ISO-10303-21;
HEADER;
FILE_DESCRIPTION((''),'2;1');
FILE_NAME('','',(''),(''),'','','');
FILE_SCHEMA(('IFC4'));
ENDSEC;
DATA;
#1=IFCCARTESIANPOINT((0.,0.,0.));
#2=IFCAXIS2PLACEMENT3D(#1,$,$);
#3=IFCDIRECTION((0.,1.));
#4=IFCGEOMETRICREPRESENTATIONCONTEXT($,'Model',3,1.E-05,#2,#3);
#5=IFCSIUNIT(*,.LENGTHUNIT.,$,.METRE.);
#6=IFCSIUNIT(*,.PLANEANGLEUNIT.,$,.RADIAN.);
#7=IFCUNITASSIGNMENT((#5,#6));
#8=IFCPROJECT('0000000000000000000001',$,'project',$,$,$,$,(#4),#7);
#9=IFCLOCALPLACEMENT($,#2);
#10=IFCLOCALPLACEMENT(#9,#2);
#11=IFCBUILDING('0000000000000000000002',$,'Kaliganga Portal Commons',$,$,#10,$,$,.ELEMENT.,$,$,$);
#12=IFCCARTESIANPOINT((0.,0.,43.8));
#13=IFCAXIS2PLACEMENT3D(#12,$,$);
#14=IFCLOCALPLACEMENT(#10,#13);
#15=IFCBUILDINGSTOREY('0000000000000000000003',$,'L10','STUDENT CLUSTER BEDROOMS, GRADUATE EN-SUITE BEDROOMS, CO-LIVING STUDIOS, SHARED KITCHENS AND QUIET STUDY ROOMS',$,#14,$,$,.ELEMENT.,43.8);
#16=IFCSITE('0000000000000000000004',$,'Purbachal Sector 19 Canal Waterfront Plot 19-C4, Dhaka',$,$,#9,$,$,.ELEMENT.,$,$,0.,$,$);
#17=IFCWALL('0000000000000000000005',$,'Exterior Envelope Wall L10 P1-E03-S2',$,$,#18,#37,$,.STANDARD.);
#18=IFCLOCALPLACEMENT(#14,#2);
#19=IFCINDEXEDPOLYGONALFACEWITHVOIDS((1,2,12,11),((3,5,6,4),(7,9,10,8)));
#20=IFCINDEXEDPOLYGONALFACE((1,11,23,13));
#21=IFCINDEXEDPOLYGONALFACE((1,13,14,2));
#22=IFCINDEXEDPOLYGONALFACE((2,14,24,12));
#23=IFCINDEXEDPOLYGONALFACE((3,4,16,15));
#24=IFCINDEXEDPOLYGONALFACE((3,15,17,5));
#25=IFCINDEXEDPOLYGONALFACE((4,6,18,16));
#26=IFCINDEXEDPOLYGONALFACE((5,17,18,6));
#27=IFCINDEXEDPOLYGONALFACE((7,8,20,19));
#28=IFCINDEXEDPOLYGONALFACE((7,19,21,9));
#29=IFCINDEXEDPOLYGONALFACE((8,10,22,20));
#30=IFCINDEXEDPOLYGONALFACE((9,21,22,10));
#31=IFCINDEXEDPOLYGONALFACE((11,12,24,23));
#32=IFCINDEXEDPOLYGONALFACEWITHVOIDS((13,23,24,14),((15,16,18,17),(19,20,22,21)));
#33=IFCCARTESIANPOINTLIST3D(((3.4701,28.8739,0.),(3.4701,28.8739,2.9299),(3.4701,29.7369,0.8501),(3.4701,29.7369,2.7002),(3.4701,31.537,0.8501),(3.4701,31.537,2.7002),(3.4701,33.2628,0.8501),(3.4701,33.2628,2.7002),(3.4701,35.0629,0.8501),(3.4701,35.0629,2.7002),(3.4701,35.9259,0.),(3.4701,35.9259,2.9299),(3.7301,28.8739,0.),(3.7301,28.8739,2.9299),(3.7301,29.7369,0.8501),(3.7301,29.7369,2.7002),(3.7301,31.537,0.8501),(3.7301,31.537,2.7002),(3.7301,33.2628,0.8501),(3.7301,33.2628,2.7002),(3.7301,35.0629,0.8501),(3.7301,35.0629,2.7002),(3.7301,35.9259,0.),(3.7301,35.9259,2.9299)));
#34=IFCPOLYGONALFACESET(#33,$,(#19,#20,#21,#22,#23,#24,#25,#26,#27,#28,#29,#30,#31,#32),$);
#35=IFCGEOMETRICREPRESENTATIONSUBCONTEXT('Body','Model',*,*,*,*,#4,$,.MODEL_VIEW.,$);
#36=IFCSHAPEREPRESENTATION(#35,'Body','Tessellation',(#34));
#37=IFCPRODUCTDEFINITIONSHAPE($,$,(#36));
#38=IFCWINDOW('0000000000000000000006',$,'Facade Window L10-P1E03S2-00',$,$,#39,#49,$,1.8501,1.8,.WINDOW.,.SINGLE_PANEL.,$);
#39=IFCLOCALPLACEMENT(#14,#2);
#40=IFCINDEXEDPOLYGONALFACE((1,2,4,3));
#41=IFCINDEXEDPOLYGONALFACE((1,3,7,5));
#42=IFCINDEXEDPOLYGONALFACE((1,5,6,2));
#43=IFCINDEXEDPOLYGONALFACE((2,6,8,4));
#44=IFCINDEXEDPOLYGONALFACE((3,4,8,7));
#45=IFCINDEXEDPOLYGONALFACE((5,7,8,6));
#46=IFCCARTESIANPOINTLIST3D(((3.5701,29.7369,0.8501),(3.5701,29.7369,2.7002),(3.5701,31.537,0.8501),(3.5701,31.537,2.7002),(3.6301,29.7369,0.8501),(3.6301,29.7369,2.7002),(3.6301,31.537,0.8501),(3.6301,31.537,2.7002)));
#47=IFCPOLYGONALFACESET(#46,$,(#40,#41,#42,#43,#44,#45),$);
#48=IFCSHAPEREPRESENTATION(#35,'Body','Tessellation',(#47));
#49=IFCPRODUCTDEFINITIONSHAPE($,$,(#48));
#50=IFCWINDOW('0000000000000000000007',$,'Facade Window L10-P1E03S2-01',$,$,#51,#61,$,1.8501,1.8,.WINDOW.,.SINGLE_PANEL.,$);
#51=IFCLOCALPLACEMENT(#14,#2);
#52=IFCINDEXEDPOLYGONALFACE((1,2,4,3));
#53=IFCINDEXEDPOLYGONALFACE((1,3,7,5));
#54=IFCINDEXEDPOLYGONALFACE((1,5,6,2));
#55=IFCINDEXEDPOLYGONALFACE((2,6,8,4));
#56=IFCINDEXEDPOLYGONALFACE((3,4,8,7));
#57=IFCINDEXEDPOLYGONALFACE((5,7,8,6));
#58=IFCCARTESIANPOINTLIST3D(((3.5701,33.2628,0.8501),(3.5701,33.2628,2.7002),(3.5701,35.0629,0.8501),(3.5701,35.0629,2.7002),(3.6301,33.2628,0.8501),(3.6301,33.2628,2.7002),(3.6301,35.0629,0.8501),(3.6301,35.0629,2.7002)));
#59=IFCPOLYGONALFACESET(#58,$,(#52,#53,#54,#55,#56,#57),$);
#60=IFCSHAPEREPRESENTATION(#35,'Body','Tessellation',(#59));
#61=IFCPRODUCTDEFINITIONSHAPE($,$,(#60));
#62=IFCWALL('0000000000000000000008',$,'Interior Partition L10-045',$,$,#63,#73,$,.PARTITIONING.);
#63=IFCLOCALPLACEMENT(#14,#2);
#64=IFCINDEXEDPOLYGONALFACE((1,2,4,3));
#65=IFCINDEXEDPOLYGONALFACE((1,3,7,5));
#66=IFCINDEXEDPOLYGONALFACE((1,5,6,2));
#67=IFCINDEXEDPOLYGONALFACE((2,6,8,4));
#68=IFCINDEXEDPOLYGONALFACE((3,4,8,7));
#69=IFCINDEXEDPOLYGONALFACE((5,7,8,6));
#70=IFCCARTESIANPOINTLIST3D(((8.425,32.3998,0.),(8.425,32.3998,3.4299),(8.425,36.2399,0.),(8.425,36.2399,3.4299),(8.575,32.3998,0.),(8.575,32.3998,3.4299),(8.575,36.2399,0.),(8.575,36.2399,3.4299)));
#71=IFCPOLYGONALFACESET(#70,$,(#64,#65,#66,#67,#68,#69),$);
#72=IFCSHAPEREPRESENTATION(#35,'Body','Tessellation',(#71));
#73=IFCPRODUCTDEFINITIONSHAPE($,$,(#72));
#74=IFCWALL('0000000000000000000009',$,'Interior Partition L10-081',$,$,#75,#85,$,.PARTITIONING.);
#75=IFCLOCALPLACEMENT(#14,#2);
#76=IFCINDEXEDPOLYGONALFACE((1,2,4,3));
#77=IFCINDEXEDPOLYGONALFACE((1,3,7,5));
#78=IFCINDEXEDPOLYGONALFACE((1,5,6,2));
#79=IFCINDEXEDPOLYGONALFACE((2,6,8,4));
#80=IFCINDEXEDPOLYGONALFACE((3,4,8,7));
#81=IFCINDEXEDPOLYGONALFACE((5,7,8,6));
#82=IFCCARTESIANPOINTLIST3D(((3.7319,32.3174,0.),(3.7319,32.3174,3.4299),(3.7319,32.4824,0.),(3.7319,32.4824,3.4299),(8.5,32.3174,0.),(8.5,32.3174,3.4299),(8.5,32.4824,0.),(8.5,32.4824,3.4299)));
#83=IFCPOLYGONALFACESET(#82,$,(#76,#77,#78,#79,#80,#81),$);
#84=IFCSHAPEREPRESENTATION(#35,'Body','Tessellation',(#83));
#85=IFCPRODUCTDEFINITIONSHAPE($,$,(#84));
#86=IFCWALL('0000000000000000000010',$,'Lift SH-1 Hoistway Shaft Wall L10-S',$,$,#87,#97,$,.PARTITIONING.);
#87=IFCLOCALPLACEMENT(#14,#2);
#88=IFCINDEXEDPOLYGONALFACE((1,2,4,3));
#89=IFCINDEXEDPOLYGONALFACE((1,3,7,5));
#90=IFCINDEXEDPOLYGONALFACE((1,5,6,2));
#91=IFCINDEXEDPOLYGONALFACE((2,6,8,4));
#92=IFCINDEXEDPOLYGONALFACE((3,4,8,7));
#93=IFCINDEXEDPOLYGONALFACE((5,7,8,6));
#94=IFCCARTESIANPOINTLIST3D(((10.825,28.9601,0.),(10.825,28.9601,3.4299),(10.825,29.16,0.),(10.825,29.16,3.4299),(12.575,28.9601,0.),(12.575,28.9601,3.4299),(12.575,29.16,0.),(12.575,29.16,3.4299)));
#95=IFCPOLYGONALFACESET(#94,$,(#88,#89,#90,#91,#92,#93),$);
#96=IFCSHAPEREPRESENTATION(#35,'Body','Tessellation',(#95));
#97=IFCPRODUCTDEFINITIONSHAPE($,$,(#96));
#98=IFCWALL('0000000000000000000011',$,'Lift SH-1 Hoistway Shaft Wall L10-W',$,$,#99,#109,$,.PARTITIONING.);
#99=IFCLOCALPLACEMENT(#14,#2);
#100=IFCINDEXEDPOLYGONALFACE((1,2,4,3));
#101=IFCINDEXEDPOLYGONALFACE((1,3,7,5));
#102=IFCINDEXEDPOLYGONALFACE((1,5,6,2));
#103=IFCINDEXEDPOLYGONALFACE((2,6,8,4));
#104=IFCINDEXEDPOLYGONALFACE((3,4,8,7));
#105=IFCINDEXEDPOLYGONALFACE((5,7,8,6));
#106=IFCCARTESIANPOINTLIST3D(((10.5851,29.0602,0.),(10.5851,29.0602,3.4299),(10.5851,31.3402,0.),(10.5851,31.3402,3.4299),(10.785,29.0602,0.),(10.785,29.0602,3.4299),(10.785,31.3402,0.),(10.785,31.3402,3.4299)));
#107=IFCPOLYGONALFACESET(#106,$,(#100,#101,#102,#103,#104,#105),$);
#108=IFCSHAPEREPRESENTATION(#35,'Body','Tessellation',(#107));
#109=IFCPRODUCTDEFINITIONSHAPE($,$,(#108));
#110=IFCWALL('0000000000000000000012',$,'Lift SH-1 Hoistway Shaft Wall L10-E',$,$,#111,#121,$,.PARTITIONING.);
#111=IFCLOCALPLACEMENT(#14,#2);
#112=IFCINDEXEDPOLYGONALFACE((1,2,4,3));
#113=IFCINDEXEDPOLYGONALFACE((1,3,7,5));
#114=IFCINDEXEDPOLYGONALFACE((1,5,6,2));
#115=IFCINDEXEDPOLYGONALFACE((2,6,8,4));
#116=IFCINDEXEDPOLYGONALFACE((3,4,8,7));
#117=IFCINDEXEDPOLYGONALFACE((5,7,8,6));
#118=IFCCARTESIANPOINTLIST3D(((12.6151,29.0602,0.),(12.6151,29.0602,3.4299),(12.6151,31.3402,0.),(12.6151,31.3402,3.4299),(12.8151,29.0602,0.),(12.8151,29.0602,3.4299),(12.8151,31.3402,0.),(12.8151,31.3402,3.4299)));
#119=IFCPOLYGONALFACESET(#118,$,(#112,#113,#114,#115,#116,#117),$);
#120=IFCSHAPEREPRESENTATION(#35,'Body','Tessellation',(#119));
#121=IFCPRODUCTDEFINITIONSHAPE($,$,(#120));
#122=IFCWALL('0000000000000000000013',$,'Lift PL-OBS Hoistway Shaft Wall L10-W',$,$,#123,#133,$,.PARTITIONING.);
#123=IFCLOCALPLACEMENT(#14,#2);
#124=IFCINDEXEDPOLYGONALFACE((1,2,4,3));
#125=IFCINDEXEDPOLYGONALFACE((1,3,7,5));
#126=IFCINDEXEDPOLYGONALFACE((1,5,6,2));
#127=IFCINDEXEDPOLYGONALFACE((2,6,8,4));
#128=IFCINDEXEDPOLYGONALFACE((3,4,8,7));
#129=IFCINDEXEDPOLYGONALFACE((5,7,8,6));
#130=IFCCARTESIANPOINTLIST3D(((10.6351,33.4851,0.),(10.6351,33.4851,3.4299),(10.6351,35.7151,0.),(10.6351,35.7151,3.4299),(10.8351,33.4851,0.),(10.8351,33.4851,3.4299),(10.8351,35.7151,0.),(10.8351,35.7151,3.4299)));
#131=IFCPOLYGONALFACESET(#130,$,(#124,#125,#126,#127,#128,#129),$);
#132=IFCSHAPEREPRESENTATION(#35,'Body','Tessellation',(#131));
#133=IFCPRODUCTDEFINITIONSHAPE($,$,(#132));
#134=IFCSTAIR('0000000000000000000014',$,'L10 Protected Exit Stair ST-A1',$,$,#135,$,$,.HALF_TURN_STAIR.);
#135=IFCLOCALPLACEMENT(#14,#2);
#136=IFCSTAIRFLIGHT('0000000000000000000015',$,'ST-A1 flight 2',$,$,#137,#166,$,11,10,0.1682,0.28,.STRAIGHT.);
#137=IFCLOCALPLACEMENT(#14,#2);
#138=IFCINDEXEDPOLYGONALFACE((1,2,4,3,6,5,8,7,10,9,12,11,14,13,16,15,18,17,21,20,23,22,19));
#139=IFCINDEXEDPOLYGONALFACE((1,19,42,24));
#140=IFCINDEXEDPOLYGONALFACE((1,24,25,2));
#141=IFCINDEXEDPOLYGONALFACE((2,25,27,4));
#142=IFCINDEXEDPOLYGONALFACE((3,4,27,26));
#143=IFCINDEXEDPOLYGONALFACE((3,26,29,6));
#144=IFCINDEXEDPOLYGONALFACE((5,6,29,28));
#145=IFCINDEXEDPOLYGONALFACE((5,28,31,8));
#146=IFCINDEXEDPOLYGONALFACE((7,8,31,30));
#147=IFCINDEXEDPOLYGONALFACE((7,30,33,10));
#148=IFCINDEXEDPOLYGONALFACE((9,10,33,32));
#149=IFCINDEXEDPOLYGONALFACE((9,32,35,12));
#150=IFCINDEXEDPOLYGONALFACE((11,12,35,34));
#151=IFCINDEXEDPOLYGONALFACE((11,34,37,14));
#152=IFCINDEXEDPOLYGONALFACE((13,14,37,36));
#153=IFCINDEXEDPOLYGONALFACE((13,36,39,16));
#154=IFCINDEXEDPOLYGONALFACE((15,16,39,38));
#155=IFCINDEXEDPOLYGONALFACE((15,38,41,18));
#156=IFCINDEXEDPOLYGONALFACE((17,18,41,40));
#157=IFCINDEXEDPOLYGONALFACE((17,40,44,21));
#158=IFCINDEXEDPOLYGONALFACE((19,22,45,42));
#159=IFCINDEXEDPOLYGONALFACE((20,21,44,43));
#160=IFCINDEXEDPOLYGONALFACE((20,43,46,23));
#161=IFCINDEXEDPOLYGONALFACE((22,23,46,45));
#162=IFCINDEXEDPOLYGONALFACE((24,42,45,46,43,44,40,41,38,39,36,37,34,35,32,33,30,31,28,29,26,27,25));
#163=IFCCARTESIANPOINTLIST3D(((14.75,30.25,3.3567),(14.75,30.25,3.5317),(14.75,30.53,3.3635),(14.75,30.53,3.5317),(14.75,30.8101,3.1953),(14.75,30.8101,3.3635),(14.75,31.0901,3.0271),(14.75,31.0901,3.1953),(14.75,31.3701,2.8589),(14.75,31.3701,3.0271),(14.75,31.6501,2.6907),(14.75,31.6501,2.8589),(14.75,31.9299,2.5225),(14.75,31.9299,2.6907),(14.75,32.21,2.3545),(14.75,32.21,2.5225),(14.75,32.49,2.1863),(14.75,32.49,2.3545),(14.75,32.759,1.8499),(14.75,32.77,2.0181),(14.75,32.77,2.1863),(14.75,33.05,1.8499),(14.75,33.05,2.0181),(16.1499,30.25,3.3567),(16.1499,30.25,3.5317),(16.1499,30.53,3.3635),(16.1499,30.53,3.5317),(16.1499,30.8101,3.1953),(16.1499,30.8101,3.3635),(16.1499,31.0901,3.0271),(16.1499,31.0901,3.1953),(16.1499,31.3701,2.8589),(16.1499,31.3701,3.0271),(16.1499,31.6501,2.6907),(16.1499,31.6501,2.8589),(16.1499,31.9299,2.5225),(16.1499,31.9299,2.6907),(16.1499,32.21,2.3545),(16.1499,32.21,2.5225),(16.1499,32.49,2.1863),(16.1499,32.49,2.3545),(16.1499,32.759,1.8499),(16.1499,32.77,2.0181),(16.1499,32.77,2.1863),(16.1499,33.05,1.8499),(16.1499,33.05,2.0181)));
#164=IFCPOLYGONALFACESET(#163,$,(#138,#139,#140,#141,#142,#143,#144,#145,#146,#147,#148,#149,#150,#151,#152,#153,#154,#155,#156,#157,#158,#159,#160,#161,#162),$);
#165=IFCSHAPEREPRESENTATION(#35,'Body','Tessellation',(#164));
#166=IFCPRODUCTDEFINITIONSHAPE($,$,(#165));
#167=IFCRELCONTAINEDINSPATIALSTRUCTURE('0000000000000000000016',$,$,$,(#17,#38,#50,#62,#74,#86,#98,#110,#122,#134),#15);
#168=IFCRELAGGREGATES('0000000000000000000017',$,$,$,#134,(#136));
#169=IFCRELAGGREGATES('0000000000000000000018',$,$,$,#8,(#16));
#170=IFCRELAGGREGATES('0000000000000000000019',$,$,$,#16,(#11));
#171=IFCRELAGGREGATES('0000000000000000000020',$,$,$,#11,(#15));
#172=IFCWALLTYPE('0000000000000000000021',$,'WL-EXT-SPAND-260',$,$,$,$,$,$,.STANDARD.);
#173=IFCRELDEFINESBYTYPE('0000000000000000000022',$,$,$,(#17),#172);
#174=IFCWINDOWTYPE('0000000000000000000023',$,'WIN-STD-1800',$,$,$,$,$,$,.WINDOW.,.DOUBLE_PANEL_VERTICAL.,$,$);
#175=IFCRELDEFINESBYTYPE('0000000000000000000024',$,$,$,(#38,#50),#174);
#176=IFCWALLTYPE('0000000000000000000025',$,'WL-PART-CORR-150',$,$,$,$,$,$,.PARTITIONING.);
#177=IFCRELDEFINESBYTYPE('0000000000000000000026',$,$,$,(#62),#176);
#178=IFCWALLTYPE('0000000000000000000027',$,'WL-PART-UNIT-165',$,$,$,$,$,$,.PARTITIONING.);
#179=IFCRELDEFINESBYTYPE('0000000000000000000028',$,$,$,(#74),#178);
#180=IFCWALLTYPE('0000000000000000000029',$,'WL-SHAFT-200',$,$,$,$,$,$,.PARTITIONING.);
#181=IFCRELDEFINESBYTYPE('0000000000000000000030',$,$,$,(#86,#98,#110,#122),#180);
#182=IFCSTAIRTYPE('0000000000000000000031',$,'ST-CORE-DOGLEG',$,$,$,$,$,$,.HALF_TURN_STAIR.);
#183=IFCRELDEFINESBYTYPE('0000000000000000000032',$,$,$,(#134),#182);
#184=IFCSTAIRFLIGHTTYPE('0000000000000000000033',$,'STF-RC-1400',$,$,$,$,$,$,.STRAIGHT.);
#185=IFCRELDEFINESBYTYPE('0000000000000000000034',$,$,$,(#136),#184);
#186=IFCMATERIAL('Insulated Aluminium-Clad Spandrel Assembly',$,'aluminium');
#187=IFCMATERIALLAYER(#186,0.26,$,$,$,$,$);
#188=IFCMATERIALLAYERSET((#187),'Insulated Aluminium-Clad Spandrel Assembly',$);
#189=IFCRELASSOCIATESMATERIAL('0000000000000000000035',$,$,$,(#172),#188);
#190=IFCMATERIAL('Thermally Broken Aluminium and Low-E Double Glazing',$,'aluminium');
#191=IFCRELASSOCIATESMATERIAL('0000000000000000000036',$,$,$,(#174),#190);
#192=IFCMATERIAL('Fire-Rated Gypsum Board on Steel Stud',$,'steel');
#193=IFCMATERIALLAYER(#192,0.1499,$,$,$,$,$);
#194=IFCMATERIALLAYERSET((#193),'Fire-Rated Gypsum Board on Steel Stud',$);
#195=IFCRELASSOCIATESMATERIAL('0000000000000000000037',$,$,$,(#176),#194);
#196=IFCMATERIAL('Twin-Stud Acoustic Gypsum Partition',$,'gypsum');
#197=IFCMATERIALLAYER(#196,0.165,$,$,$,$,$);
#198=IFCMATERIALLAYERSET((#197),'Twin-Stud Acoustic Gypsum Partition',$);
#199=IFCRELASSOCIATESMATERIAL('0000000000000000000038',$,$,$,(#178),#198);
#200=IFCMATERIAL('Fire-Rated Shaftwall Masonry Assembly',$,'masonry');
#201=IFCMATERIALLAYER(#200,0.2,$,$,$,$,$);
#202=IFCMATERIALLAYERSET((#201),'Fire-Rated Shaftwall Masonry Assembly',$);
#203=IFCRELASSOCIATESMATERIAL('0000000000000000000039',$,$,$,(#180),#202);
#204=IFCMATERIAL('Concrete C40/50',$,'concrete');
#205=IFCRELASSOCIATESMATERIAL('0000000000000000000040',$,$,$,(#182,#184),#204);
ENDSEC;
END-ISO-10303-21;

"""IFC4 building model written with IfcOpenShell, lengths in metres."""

from ifc_helpers import new_model, si_unit, direction, frame, frame_2d, origin, place, context, subcontext, project, spatial, polyline, rectangle, outline, extrude, material, layer, layer_set, type_object, element, fill, aggregate, save


model = new_model("IFC4")

# Units and contexts
model_context = context("Model", 3, precision=1e-05, world=origin(), true_north=direction((0.0, 1.0)))
body_context = subcontext(model_context, "Body", "Model", "MODEL_VIEW")
ifc_project = project(units=[si_unit("LENGTHUNIT", "METRE"), si_unit("PLANEANGLEUNIT", "RADIAN")], contexts=[model_context])

# Site, building, storey
site_placement = place(None, origin())
site = spatial("IfcSite", under=ifc_project, at=site_placement, Name="Purbachal Sector 19 Canal Waterfront Plot 19-C4, Dhaka", CompositionType="ELEMENT", RefElevation=0.0)
building_placement = place(site_placement, origin())
building = spatial("IfcBuilding", under=site, at=building_placement, Name="Kaliganga Portal Commons", CompositionType="ELEMENT")
storey_placement = place(building_placement, frame((0.0, 0.0, 43.8)))
storey = spatial("IfcBuildingStorey", under=building, at=storey_placement, Name="L10", Description="STUDENT CLUSTER BEDROOMS, GRADUATE EN-SUITE BEDROOMS, CO-LIVING STUDIOS, SHARED KITCHENS AND QUIET STUDY ROOMS", CompositionType="ELEMENT", Elevation=43.8)

# Wall, openings, windows
ifc_material_1 = material(Name="Insulated Aluminium-Clad Spandrel Assembly", Category="aluminium")
ifc_layer_1 = layer(ifc_material_1, 0.26)
ifc_layer_set_1 = layer_set([ifc_layer_1], Name="Insulated Aluminium-Clad Spandrel Assembly")
wall_type_1 = type_object("IfcWallType", Name="WL-EXT-SPAND-260", PredefinedType="STANDARD", material=ifc_layer_set_1)
wall_1_placement = place(storey_placement, frame((3.6001, 28.874, 0.0), z_axis=(0.0, 0.0, 1.0), x_axis=(0.0, 1.0, 0.0)))
wall_1 = element("IfcWall", 1, at=wall_1_placement, inside=storey, type_object=wall_type_1, Name="Exterior Envelope Wall L10 P1-E03-S2", PredefinedType="STANDARD", context=body_context, shape_type="SweptSolid", body=[
    extrude(rectangle(XDim=7.052, YDim=0.26, at=frame_2d((3.5259, 0.0))), origin(), (0.0, 0.0, 1.0), 2.9299),
])
opening_1_placement = place(wall_1_placement, frame((0.863, 0.0, 0.8501)))
opening_1 = element("IfcOpeningElement", 2, at=opening_1_placement, cuts=wall_1, PredefinedType="OPENING", context=body_context, shape_type="SweptSolid", body=[
    extrude(rectangle(XDim=1.8, YDim=1.8501, at=frame_2d((0.8999, 0.925))), frame((0.0, 0.1401, 0.0), z_axis=(0.0, -1.0, 0.0), x_axis=(1.0, 0.0, 0.0)), (0.0, 0.0, 1.0), 0.28),
])
opening_2_placement = place(wall_1_placement, frame((4.3889, 0.0, 0.8501)))
opening_2 = element("IfcOpeningElement", 3, at=opening_2_placement, cuts=wall_1, PredefinedType="OPENING", context=body_context, shape_type="SweptSolid", body=[
    extrude(rectangle(XDim=1.8, YDim=1.8501, at=frame_2d((0.8999, 0.925))), frame((0.0, 0.1401, 0.0), z_axis=(0.0, -1.0, 0.0), x_axis=(1.0, 0.0, 0.0)), (0.0, 0.0, 1.0), 0.28),
])
ifc_material_2 = material(Name="Thermally Broken Aluminium and Low-E Double Glazing", Category="aluminium")
window_type = type_object("IfcWindowType", Name="WIN-STD-1800", PartitioningType="DOUBLE_PANEL_VERTICAL", PredefinedType="WINDOW", material=ifc_material_2)
window_1_placement = place(opening_1_placement, origin())
window_1 = element("IfcWindow", 4, at=window_1_placement, inside=storey, type_object=window_type, Name="Facade Window L10-P1E03S2-00", OverallHeight=1.8501, OverallWidth=1.8, PartitioningType="SINGLE_PANEL", PredefinedType="WINDOW", context=body_context, shape_type="SweptSolid", body=[
    extrude(rectangle(XDim=1.8, YDim=1.8501, at=frame_2d((0.8999, 0.925))), frame((0.0, 0.03, 0.0), z_axis=(0.0, -1.0, 0.0), x_axis=(1.0, 0.0, 0.0)), (0.0, 0.0, 1.0), 0.0601),
])
fill(opening_1, window_1)
window_2_placement = place(opening_2_placement, origin())
window_2 = element("IfcWindow", 5, at=window_2_placement, inside=storey, type_object=window_type, Name="Facade Window L10-P1E03S2-01", OverallHeight=1.8501, OverallWidth=1.8, PartitioningType="SINGLE_PANEL", PredefinedType="WINDOW", context=body_context, shape_type="SweptSolid", body=[
    extrude(rectangle(XDim=1.8, YDim=1.8501, at=frame_2d((0.8999, 0.925))), frame((0.0, 0.03, 0.0), z_axis=(0.0, -1.0, 0.0), x_axis=(1.0, 0.0, 0.0)), (0.0, 0.0, 1.0), 0.0601),
])
fill(opening_2, window_2)

# Walls
ifc_material_3 = material(Name="Fire-Rated Gypsum Board on Steel Stud", Category="steel")
ifc_layer_2 = layer(ifc_material_3, 0.1499)
ifc_layer_set_2 = layer_set([ifc_layer_2], Name="Fire-Rated Gypsum Board on Steel Stud")
wall_type_2 = type_object("IfcWallType", Name="WL-PART-CORR-150", PredefinedType="PARTITIONING", material=ifc_layer_set_2)
wall_2_placement = place(storey_placement, frame((8.5, 32.3999, 0.0), z_axis=(0.0, 0.0, 1.0), x_axis=(0.0, 1.0, 0.0)))
element("IfcWall", 6, at=wall_2_placement, inside=storey, type_object=wall_type_2, Name="Interior Partition L10-045", PredefinedType="PARTITIONING", context=body_context, shape_type="SweptSolid", body=[
    extrude(rectangle(XDim=3.8401, YDim=0.1499, at=frame_2d((1.9199, 0.0))), origin(), (0.0, 0.0, 1.0), 3.4299),
])
ifc_material_4 = material(Name="Twin-Stud Acoustic Gypsum Partition", Category="gypsum")
ifc_layer_3 = layer(ifc_material_4, 0.165)
ifc_layer_set_3 = layer_set([ifc_layer_3], Name="Twin-Stud Acoustic Gypsum Partition")
wall_type_3 = type_object("IfcWallType", Name="WL-PART-UNIT-165", PredefinedType="PARTITIONING", material=ifc_layer_set_3)
wall_3_placement = place(storey_placement, frame((3.7319, 32.3999, 0.0), z_axis=(0.0, 0.0, 1.0), x_axis=(1.0, 0.0, 0.0)))
element("IfcWall", 7, at=wall_3_placement, inside=storey, type_object=wall_type_3, Name="Interior Partition L10-081", PredefinedType="PARTITIONING", context=body_context, shape_type="SweptSolid", body=[
    extrude(rectangle(XDim=4.7681, YDim=0.165, at=frame_2d((2.384, 0.0))), origin(), (0.0, 0.0, 1.0), 3.4299),
])
ifc_material_5 = material(Name="Fire-Rated Shaftwall Masonry Assembly", Category="masonry")
ifc_layer_4 = layer(ifc_material_5, 0.2)
ifc_layer_set_4 = layer_set([ifc_layer_4], Name="Fire-Rated Shaftwall Masonry Assembly")
wall_type_4 = type_object("IfcWallType", Name="WL-SHAFT-200", PredefinedType="PARTITIONING", material=ifc_layer_set_4)
wall_4_placement = place(storey_placement, frame((10.825, 29.0601, 0.0), z_axis=(0.0, 0.0, 1.0), x_axis=(1.0, 0.0, 0.0)))
element("IfcWall", 8, at=wall_4_placement, inside=storey, type_object=wall_type_4, Name="Lift SH-1 Hoistway Shaft Wall L10-S", PredefinedType="PARTITIONING", context=body_context, shape_type="SweptSolid", body=[
    extrude(rectangle(XDim=1.75, YDim=0.2, at=frame_2d((0.875, 0.0))), origin(), (0.0, 0.0, 1.0), 3.4299),
])

# Walls
for number, where, z_axis, x_axis, name in (
    (9, (10.6851, 29.0601, 0.0), (0.0, 0.0, 1.0), (0.0, 1.0, 0.0), "Lift SH-1 Hoistway Shaft Wall L10-W"),
    (10, (12.7151, 29.0601, 0.0), (0.0, 0.0, 1.0), (0.0, 1.0, 0.0), "Lift SH-1 Hoistway Shaft Wall L10-E"),
):
    element("IfcWall", number, at=place(storey_placement, frame(where, z_axis=z_axis, x_axis=x_axis)), inside=storey, type_object=wall_type_4, Name=name, PredefinedType="PARTITIONING", context=body_context, shape_type="SweptSolid", body=[
        extrude(rectangle(XDim=2.28, YDim=0.2, at=frame_2d((1.1401, 0.0))), origin(), (0.0, 0.0, 1.0), 3.4299),
    ])

# Wall
wall_5_placement = place(storey_placement, frame((10.7351, 33.4851, 0.0), z_axis=(0.0, 0.0, 1.0), x_axis=(0.0, 1.0, 0.0)))
element("IfcWall", 11, at=wall_5_placement, inside=storey, type_object=wall_type_4, Name="Lift PL-OBS Hoistway Shaft Wall L10-W", PredefinedType="PARTITIONING", context=body_context, shape_type="SweptSolid", body=[
    extrude(rectangle(XDim=2.23, YDim=0.2, at=frame_2d((1.115, 0.0))), origin(), (0.0, 0.0, 1.0), 3.4299),
])

# Stair, stair flight
ifc_material_6 = material(Name="Concrete C40/50", Category="concrete")
stair_type = type_object("IfcStairType", Name="ST-CORE-DOGLEG", PredefinedType="HALF_TURN_STAIR", material=ifc_material_6)
stair_placement = place(storey_placement, origin())
stair = element("IfcStair", 12, at=stair_placement, inside=storey, type_object=stair_type, Name="L10 Protected Exit Stair ST-A1", PredefinedType="HALF_TURN_STAIR")
stair_flight_type = type_object("IfcStairFlightType", Name="STF-RC-1400", PredefinedType="STRAIGHT", material=ifc_material_6)
stair_flight_placement = place(storey_placement, frame((15.45, 33.05, 1.8499), z_axis=(0.0, 0.0, 1.0), x_axis=(0.0, -1.0, 0.0)))
stair_flight = element("IfcStairFlight", 13, at=stair_flight_placement, type_object=stair_flight_type, Name="ST-A1 flight 2", NumberOfRisers=11, NumberOfTreads=10, PredefinedType="STRAIGHT", RiserHeight=0.1682, TreadLength=0.28, context=body_context, shape_type="SweptSolid", body=[
    extrude(outline(polyline([(0.0, 0.0), (0.0, 0.1682), (0.28, 0.1682), (0.28, 0.3364), (0.5601, 0.3364), (0.5601, 0.5046), (0.8401, 0.5046), (0.8401, 0.6726), (1.1201, 0.6726), (1.1201, 0.8408), (1.3999, 0.8408), (1.3999, 1.009), (1.6799, 1.009), (1.6799, 1.1772), (1.96, 1.1772), (1.96, 1.3455), (2.24, 1.3455), (2.24, 1.5137), (2.52, 1.5137), (2.52, 1.6819), (2.8, 1.6819), (2.8, 1.8501), (2.8, 1.5068), (0.291, 0.0), (0.0, 0.0)])), frame((0.0, 0.7, 0.0), z_axis=(0.0, -1.0, 0.0), x_axis=(1.0, 0.0, 0.0)), (0.0, 0.0, 1.0), 1.3999),
])
aggregate(stair, [stair_flight])

save(model, "model.ifc")
